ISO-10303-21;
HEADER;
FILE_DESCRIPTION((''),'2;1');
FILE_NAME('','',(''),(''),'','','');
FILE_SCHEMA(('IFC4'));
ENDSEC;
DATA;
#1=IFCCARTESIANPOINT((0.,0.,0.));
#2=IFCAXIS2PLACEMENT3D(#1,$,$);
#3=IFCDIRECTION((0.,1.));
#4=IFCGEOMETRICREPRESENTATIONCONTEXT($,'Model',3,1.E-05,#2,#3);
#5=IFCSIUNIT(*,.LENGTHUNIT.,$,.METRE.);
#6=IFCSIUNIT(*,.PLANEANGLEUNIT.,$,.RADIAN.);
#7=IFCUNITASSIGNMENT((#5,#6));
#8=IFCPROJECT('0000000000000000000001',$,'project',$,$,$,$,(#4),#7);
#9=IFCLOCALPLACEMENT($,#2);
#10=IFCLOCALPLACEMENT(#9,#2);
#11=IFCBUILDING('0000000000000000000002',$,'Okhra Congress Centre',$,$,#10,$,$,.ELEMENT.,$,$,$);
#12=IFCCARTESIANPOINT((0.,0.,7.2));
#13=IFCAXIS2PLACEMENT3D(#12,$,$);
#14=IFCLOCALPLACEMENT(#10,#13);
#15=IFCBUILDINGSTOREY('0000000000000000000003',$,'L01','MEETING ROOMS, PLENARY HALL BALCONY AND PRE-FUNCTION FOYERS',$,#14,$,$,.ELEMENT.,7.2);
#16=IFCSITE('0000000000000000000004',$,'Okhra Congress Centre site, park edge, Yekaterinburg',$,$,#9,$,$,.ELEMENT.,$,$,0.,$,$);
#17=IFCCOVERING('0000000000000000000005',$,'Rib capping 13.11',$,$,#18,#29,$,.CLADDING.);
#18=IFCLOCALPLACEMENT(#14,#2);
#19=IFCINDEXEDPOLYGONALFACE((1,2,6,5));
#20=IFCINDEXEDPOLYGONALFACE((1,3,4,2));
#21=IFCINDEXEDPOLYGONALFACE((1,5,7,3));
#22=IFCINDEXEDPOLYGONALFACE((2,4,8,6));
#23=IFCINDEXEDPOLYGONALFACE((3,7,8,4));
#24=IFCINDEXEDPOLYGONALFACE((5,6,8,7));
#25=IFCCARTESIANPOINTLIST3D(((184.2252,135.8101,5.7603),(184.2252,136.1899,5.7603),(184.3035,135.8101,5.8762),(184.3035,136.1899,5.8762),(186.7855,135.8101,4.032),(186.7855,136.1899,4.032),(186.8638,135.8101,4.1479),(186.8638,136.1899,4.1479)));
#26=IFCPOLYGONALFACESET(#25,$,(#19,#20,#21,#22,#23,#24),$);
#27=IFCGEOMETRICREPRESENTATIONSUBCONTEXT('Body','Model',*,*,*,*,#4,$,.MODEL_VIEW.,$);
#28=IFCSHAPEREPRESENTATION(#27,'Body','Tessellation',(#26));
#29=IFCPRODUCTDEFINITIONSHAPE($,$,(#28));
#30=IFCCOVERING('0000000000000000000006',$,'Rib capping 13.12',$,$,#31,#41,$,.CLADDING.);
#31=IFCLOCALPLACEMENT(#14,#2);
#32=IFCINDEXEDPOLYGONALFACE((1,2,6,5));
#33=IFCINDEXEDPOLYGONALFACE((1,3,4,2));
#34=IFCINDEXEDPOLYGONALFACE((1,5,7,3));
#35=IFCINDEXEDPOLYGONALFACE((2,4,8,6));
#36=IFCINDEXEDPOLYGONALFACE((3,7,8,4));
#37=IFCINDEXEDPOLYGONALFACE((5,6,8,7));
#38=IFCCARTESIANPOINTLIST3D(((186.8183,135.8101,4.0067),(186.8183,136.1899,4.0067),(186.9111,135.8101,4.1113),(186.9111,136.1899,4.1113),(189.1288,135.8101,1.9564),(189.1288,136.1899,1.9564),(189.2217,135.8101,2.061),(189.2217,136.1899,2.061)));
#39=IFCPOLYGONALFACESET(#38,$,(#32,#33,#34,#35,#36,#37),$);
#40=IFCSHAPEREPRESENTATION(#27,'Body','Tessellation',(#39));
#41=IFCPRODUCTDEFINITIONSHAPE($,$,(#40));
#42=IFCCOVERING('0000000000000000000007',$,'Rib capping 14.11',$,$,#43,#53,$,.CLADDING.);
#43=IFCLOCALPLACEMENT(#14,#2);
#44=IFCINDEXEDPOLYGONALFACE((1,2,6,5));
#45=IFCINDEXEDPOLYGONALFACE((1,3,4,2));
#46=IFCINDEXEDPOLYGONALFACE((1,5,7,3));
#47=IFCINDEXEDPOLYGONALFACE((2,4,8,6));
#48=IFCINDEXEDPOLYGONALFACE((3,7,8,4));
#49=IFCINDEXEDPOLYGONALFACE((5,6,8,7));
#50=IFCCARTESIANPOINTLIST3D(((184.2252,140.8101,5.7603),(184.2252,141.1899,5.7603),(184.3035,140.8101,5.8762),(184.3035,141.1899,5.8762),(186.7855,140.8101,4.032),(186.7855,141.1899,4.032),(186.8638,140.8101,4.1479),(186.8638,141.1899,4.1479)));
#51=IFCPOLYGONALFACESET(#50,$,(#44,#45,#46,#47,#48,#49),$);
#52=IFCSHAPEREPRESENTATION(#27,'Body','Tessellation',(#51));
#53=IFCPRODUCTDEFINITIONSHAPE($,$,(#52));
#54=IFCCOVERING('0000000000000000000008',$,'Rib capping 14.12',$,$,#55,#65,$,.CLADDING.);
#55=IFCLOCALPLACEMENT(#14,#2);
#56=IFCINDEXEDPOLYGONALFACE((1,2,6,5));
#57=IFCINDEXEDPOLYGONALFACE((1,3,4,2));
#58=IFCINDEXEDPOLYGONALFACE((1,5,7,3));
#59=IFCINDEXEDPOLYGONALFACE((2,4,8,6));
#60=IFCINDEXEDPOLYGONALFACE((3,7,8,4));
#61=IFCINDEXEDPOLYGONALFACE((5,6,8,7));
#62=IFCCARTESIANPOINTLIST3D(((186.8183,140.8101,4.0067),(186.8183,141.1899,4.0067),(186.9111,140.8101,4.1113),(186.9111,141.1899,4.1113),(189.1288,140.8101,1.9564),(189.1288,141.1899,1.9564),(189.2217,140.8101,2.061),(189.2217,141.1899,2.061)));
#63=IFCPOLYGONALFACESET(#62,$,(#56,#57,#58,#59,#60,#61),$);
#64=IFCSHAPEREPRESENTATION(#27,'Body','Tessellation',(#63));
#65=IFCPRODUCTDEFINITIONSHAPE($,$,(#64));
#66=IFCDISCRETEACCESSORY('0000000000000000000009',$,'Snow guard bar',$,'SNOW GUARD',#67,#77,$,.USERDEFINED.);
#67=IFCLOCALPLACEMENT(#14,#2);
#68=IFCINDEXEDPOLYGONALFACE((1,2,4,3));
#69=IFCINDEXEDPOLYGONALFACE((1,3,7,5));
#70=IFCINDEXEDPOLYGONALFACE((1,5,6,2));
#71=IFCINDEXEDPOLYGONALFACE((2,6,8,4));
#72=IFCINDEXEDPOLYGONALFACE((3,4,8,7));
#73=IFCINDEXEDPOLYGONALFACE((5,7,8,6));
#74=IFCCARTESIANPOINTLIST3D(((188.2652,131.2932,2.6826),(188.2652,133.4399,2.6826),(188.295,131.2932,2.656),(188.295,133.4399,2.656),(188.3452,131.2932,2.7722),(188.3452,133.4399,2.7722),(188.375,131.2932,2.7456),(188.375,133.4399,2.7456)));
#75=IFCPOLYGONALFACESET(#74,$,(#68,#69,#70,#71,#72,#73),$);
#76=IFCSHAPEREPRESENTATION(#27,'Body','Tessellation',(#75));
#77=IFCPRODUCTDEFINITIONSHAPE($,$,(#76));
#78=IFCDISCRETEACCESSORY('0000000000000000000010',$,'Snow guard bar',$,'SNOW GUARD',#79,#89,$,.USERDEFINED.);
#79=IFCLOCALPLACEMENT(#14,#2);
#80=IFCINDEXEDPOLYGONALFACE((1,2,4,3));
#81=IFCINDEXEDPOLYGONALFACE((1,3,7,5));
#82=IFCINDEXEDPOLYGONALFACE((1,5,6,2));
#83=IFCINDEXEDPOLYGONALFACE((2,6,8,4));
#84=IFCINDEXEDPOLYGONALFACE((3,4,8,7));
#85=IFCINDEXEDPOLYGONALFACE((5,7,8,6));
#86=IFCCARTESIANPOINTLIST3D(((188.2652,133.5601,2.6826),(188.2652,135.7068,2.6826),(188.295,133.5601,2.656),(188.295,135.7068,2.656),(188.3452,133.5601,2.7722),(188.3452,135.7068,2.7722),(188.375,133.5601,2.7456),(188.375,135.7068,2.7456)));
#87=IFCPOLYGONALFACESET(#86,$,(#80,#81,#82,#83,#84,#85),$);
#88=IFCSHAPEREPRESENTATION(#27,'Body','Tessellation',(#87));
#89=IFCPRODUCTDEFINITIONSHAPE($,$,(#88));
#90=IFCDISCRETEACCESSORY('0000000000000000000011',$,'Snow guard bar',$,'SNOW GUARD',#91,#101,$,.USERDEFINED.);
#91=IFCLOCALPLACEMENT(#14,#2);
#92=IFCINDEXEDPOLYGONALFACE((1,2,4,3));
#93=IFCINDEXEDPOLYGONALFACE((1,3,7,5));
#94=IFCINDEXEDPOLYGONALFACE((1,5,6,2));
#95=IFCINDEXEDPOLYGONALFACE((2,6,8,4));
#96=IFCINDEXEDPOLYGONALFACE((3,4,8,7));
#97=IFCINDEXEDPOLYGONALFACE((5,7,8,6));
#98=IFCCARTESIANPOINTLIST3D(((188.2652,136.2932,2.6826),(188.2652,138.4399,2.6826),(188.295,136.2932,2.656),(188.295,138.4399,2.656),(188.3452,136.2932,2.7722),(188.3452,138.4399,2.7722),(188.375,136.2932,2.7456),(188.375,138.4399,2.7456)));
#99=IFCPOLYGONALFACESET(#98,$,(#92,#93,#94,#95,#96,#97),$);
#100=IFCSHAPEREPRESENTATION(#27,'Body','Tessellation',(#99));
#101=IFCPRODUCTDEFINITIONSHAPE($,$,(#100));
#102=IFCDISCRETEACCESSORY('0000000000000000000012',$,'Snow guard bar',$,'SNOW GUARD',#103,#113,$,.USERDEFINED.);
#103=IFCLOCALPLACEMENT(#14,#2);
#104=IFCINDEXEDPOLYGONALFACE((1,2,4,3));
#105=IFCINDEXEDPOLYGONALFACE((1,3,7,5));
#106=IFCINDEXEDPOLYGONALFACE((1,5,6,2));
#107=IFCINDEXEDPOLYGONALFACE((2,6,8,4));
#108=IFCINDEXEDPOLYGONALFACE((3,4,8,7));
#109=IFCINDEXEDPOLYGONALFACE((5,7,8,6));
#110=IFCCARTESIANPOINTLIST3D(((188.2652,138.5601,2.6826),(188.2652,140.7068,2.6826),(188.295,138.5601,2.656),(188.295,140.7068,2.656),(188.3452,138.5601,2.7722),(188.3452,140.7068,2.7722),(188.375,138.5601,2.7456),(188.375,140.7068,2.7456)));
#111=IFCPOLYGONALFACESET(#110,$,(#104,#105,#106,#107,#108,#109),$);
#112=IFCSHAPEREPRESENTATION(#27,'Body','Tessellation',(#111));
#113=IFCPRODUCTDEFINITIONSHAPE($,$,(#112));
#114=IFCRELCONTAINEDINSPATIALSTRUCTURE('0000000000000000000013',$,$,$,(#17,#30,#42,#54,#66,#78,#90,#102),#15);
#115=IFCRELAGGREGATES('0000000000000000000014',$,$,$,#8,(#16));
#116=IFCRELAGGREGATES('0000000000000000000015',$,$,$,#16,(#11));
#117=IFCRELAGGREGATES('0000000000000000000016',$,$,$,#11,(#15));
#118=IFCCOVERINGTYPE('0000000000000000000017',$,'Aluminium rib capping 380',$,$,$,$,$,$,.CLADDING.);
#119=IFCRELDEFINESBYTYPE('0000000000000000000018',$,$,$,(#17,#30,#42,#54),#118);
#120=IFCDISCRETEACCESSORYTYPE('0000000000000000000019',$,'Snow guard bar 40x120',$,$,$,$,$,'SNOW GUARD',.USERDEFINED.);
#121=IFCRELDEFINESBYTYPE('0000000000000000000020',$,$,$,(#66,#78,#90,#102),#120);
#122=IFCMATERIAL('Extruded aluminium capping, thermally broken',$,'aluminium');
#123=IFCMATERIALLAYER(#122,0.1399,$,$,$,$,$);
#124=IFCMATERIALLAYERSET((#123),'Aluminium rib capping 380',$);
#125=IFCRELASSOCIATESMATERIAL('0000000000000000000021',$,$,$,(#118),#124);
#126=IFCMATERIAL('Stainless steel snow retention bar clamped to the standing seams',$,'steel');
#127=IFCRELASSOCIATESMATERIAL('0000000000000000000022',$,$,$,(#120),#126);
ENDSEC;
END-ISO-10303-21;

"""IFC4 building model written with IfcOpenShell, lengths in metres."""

from ifc_helpers import new_model, si_unit, direction, frame, origin, place, context, subcontext, project, spatial, polyline, outline, extrude, material, layer, layer_set, type_object, element, save


model = new_model("IFC4")

# Units and contexts
model_context = context("Model", 3, precision=1e-05, world=origin(), true_north=direction((0.0, 1.0)))
body_context = subcontext(model_context, "Body", "Model", "MODEL_VIEW")
ifc_project = project(units=[si_unit("LENGTHUNIT", "METRE"), si_unit("PLANEANGLEUNIT", "RADIAN")], contexts=[model_context])

# Site, building, storey
site_placement = place(None, origin())
site = spatial("IfcSite", under=ifc_project, at=site_placement, Name="Okhra Congress Centre site, park edge, Yekaterinburg", CompositionType="ELEMENT", RefElevation=0.0)
building_placement = place(site_placement, origin())
building = spatial("IfcBuilding", under=site, at=building_placement, Name="Okhra Congress Centre", CompositionType="ELEMENT")
storey_placement = place(building_placement, frame((0.0, 0.0, 7.2)))
storey = spatial("IfcBuildingStorey", under=building, at=storey_placement, Name="L01", Description="MEETING ROOMS, PLENARY HALL BALCONY AND PRE-FUNCTION FOYERS", CompositionType="ELEMENT", Elevation=7.2)

# Coverings
ifc_material_1 = material(Name="Extruded aluminium capping, thermally broken", Category="aluminium")
ifc_layer_1 = layer(ifc_material_1, 0.1399)
ifc_layer_set_1 = layer_set([ifc_layer_1], Name="Aluminium rib capping 380")
covering_type = type_object("IfcCoveringType", Name="Aluminium rib capping 380", PredefinedType="CLADDING", material=ifc_layer_set_1)
covering_1_placement = place(storey_placement, frame((184.3035, 135.8101, 5.8762), z_axis=(0.559488, 0.0, 0.828839), x_axis=(0.828839, 0.0, -0.559488)))
element("IfcCovering", 1, at=covering_1_placement, inside=storey, type_object=covering_type, Name="Rib capping 13.11", PredefinedType="CLADDING", context=body_context, shape_type="SweptSolid", body=[
    extrude(outline(polyline([(0.0, 0.0), (3.089, 0.0), (3.089, 0.3799), (0.0, 0.3799), (0.0, 0.0)])), origin(), (0.0, 0.0, -1.0), 0.1399),
])
covering_2_placement = place(storey_placement, frame((186.9111, 135.8101, 4.1113), z_axis=(0.663726, 0.0, 0.747976), x_axis=(0.747976, 0.0, -0.663726)))
element("IfcCovering", 2, at=covering_2_placement, inside=storey, type_object=covering_type, Name="Rib capping 13.12", PredefinedType="CLADDING", context=body_context, shape_type="SweptSolid", body=[
    extrude(outline(polyline([(0.0, 0.0), (3.0891, 0.0), (3.0891, 0.3799), (0.0, 0.3799), (0.0, 0.0)])), origin(), (0.0, 0.0, -1.0), 0.1399),
])
covering_3_placement = place(storey_placement, frame((184.3035, 140.8101, 5.8762), z_axis=(0.559488, 0.0, 0.828839), x_axis=(0.828839, 0.0, -0.559488)))
element("IfcCovering", 3, at=covering_3_placement, inside=storey, type_object=covering_type, Name="Rib capping 14.11", PredefinedType="CLADDING", context=body_context, shape_type="SweptSolid", body=[
    extrude(outline(polyline([(0.0, 0.0), (3.089, 0.0), (3.089, 0.3799), (0.0, 0.3799), (0.0, 0.0)])), origin(), (0.0, 0.0, -1.0), 0.1399),
])
covering_4_placement = place(storey_placement, frame((186.9111, 140.8101, 4.1113), z_axis=(0.663726, 0.0, 0.747976), x_axis=(0.747976, 0.0, -0.663726)))
element("IfcCovering", 4, at=covering_4_placement, inside=storey, type_object=covering_type, Name="Rib capping 14.12", PredefinedType="CLADDING", context=body_context, shape_type="SweptSolid", body=[
    extrude(outline(polyline([(0.0, 0.0), (3.0891, 0.0), (3.0891, 0.3799), (0.0, 0.3799), (0.0, 0.0)])), origin(), (0.0, 0.0, -1.0), 0.1399),
])

# Discrete accessories
ifc_material_2 = material(Name="Stainless steel snow retention bar clamped to the standing seams", Category="steel")
discrete_accessory_type = type_object("IfcDiscreteAccessoryType", Name="Snow guard bar 40x120", ElementType="SNOW GUARD", PredefinedType="USERDEFINED", material=ifc_material_2)
for number, where, z_axis, x_axis, name in (
    (5, (188.3452, 131.2932, 2.7722), (0.666259, 0.0, 0.745721), (0.745721, 0.0, -0.666259), "Snow guard bar"),
    (6, (188.3452, 133.5601, 2.7722), (0.666259, 0.0, 0.745721), (0.745721, 0.0, -0.666259), "Snow guard bar"),
    (7, (188.3452, 136.2932, 2.7722), (0.666259, 0.0, 0.745721), (0.745721, 0.0, -0.666259), "Snow guard bar"),
    (8, (188.3452, 138.5601, 2.7722), (0.666259, 0.0, 0.745721), (0.745721, 0.0, -0.666259), "Snow guard bar"),
):
    element("IfcDiscreteAccessory", number, at=place(storey_placement, frame(where, z_axis=z_axis, x_axis=x_axis)), inside=storey, type_object=discrete_accessory_type, Name=name, ObjectType="SNOW GUARD", PredefinedType="USERDEFINED", context=body_context, shape_type="SweptSolid", body=[
        extrude(outline(polyline([(0.0, 0.0), (0.0399, 0.0), (0.0399, 2.1467), (0.0, 2.1467), (0.0, 0.0)])), origin(), (0.0, 0.0, -1.0), 0.1201),
    ])

save(model, "model.ifc")
